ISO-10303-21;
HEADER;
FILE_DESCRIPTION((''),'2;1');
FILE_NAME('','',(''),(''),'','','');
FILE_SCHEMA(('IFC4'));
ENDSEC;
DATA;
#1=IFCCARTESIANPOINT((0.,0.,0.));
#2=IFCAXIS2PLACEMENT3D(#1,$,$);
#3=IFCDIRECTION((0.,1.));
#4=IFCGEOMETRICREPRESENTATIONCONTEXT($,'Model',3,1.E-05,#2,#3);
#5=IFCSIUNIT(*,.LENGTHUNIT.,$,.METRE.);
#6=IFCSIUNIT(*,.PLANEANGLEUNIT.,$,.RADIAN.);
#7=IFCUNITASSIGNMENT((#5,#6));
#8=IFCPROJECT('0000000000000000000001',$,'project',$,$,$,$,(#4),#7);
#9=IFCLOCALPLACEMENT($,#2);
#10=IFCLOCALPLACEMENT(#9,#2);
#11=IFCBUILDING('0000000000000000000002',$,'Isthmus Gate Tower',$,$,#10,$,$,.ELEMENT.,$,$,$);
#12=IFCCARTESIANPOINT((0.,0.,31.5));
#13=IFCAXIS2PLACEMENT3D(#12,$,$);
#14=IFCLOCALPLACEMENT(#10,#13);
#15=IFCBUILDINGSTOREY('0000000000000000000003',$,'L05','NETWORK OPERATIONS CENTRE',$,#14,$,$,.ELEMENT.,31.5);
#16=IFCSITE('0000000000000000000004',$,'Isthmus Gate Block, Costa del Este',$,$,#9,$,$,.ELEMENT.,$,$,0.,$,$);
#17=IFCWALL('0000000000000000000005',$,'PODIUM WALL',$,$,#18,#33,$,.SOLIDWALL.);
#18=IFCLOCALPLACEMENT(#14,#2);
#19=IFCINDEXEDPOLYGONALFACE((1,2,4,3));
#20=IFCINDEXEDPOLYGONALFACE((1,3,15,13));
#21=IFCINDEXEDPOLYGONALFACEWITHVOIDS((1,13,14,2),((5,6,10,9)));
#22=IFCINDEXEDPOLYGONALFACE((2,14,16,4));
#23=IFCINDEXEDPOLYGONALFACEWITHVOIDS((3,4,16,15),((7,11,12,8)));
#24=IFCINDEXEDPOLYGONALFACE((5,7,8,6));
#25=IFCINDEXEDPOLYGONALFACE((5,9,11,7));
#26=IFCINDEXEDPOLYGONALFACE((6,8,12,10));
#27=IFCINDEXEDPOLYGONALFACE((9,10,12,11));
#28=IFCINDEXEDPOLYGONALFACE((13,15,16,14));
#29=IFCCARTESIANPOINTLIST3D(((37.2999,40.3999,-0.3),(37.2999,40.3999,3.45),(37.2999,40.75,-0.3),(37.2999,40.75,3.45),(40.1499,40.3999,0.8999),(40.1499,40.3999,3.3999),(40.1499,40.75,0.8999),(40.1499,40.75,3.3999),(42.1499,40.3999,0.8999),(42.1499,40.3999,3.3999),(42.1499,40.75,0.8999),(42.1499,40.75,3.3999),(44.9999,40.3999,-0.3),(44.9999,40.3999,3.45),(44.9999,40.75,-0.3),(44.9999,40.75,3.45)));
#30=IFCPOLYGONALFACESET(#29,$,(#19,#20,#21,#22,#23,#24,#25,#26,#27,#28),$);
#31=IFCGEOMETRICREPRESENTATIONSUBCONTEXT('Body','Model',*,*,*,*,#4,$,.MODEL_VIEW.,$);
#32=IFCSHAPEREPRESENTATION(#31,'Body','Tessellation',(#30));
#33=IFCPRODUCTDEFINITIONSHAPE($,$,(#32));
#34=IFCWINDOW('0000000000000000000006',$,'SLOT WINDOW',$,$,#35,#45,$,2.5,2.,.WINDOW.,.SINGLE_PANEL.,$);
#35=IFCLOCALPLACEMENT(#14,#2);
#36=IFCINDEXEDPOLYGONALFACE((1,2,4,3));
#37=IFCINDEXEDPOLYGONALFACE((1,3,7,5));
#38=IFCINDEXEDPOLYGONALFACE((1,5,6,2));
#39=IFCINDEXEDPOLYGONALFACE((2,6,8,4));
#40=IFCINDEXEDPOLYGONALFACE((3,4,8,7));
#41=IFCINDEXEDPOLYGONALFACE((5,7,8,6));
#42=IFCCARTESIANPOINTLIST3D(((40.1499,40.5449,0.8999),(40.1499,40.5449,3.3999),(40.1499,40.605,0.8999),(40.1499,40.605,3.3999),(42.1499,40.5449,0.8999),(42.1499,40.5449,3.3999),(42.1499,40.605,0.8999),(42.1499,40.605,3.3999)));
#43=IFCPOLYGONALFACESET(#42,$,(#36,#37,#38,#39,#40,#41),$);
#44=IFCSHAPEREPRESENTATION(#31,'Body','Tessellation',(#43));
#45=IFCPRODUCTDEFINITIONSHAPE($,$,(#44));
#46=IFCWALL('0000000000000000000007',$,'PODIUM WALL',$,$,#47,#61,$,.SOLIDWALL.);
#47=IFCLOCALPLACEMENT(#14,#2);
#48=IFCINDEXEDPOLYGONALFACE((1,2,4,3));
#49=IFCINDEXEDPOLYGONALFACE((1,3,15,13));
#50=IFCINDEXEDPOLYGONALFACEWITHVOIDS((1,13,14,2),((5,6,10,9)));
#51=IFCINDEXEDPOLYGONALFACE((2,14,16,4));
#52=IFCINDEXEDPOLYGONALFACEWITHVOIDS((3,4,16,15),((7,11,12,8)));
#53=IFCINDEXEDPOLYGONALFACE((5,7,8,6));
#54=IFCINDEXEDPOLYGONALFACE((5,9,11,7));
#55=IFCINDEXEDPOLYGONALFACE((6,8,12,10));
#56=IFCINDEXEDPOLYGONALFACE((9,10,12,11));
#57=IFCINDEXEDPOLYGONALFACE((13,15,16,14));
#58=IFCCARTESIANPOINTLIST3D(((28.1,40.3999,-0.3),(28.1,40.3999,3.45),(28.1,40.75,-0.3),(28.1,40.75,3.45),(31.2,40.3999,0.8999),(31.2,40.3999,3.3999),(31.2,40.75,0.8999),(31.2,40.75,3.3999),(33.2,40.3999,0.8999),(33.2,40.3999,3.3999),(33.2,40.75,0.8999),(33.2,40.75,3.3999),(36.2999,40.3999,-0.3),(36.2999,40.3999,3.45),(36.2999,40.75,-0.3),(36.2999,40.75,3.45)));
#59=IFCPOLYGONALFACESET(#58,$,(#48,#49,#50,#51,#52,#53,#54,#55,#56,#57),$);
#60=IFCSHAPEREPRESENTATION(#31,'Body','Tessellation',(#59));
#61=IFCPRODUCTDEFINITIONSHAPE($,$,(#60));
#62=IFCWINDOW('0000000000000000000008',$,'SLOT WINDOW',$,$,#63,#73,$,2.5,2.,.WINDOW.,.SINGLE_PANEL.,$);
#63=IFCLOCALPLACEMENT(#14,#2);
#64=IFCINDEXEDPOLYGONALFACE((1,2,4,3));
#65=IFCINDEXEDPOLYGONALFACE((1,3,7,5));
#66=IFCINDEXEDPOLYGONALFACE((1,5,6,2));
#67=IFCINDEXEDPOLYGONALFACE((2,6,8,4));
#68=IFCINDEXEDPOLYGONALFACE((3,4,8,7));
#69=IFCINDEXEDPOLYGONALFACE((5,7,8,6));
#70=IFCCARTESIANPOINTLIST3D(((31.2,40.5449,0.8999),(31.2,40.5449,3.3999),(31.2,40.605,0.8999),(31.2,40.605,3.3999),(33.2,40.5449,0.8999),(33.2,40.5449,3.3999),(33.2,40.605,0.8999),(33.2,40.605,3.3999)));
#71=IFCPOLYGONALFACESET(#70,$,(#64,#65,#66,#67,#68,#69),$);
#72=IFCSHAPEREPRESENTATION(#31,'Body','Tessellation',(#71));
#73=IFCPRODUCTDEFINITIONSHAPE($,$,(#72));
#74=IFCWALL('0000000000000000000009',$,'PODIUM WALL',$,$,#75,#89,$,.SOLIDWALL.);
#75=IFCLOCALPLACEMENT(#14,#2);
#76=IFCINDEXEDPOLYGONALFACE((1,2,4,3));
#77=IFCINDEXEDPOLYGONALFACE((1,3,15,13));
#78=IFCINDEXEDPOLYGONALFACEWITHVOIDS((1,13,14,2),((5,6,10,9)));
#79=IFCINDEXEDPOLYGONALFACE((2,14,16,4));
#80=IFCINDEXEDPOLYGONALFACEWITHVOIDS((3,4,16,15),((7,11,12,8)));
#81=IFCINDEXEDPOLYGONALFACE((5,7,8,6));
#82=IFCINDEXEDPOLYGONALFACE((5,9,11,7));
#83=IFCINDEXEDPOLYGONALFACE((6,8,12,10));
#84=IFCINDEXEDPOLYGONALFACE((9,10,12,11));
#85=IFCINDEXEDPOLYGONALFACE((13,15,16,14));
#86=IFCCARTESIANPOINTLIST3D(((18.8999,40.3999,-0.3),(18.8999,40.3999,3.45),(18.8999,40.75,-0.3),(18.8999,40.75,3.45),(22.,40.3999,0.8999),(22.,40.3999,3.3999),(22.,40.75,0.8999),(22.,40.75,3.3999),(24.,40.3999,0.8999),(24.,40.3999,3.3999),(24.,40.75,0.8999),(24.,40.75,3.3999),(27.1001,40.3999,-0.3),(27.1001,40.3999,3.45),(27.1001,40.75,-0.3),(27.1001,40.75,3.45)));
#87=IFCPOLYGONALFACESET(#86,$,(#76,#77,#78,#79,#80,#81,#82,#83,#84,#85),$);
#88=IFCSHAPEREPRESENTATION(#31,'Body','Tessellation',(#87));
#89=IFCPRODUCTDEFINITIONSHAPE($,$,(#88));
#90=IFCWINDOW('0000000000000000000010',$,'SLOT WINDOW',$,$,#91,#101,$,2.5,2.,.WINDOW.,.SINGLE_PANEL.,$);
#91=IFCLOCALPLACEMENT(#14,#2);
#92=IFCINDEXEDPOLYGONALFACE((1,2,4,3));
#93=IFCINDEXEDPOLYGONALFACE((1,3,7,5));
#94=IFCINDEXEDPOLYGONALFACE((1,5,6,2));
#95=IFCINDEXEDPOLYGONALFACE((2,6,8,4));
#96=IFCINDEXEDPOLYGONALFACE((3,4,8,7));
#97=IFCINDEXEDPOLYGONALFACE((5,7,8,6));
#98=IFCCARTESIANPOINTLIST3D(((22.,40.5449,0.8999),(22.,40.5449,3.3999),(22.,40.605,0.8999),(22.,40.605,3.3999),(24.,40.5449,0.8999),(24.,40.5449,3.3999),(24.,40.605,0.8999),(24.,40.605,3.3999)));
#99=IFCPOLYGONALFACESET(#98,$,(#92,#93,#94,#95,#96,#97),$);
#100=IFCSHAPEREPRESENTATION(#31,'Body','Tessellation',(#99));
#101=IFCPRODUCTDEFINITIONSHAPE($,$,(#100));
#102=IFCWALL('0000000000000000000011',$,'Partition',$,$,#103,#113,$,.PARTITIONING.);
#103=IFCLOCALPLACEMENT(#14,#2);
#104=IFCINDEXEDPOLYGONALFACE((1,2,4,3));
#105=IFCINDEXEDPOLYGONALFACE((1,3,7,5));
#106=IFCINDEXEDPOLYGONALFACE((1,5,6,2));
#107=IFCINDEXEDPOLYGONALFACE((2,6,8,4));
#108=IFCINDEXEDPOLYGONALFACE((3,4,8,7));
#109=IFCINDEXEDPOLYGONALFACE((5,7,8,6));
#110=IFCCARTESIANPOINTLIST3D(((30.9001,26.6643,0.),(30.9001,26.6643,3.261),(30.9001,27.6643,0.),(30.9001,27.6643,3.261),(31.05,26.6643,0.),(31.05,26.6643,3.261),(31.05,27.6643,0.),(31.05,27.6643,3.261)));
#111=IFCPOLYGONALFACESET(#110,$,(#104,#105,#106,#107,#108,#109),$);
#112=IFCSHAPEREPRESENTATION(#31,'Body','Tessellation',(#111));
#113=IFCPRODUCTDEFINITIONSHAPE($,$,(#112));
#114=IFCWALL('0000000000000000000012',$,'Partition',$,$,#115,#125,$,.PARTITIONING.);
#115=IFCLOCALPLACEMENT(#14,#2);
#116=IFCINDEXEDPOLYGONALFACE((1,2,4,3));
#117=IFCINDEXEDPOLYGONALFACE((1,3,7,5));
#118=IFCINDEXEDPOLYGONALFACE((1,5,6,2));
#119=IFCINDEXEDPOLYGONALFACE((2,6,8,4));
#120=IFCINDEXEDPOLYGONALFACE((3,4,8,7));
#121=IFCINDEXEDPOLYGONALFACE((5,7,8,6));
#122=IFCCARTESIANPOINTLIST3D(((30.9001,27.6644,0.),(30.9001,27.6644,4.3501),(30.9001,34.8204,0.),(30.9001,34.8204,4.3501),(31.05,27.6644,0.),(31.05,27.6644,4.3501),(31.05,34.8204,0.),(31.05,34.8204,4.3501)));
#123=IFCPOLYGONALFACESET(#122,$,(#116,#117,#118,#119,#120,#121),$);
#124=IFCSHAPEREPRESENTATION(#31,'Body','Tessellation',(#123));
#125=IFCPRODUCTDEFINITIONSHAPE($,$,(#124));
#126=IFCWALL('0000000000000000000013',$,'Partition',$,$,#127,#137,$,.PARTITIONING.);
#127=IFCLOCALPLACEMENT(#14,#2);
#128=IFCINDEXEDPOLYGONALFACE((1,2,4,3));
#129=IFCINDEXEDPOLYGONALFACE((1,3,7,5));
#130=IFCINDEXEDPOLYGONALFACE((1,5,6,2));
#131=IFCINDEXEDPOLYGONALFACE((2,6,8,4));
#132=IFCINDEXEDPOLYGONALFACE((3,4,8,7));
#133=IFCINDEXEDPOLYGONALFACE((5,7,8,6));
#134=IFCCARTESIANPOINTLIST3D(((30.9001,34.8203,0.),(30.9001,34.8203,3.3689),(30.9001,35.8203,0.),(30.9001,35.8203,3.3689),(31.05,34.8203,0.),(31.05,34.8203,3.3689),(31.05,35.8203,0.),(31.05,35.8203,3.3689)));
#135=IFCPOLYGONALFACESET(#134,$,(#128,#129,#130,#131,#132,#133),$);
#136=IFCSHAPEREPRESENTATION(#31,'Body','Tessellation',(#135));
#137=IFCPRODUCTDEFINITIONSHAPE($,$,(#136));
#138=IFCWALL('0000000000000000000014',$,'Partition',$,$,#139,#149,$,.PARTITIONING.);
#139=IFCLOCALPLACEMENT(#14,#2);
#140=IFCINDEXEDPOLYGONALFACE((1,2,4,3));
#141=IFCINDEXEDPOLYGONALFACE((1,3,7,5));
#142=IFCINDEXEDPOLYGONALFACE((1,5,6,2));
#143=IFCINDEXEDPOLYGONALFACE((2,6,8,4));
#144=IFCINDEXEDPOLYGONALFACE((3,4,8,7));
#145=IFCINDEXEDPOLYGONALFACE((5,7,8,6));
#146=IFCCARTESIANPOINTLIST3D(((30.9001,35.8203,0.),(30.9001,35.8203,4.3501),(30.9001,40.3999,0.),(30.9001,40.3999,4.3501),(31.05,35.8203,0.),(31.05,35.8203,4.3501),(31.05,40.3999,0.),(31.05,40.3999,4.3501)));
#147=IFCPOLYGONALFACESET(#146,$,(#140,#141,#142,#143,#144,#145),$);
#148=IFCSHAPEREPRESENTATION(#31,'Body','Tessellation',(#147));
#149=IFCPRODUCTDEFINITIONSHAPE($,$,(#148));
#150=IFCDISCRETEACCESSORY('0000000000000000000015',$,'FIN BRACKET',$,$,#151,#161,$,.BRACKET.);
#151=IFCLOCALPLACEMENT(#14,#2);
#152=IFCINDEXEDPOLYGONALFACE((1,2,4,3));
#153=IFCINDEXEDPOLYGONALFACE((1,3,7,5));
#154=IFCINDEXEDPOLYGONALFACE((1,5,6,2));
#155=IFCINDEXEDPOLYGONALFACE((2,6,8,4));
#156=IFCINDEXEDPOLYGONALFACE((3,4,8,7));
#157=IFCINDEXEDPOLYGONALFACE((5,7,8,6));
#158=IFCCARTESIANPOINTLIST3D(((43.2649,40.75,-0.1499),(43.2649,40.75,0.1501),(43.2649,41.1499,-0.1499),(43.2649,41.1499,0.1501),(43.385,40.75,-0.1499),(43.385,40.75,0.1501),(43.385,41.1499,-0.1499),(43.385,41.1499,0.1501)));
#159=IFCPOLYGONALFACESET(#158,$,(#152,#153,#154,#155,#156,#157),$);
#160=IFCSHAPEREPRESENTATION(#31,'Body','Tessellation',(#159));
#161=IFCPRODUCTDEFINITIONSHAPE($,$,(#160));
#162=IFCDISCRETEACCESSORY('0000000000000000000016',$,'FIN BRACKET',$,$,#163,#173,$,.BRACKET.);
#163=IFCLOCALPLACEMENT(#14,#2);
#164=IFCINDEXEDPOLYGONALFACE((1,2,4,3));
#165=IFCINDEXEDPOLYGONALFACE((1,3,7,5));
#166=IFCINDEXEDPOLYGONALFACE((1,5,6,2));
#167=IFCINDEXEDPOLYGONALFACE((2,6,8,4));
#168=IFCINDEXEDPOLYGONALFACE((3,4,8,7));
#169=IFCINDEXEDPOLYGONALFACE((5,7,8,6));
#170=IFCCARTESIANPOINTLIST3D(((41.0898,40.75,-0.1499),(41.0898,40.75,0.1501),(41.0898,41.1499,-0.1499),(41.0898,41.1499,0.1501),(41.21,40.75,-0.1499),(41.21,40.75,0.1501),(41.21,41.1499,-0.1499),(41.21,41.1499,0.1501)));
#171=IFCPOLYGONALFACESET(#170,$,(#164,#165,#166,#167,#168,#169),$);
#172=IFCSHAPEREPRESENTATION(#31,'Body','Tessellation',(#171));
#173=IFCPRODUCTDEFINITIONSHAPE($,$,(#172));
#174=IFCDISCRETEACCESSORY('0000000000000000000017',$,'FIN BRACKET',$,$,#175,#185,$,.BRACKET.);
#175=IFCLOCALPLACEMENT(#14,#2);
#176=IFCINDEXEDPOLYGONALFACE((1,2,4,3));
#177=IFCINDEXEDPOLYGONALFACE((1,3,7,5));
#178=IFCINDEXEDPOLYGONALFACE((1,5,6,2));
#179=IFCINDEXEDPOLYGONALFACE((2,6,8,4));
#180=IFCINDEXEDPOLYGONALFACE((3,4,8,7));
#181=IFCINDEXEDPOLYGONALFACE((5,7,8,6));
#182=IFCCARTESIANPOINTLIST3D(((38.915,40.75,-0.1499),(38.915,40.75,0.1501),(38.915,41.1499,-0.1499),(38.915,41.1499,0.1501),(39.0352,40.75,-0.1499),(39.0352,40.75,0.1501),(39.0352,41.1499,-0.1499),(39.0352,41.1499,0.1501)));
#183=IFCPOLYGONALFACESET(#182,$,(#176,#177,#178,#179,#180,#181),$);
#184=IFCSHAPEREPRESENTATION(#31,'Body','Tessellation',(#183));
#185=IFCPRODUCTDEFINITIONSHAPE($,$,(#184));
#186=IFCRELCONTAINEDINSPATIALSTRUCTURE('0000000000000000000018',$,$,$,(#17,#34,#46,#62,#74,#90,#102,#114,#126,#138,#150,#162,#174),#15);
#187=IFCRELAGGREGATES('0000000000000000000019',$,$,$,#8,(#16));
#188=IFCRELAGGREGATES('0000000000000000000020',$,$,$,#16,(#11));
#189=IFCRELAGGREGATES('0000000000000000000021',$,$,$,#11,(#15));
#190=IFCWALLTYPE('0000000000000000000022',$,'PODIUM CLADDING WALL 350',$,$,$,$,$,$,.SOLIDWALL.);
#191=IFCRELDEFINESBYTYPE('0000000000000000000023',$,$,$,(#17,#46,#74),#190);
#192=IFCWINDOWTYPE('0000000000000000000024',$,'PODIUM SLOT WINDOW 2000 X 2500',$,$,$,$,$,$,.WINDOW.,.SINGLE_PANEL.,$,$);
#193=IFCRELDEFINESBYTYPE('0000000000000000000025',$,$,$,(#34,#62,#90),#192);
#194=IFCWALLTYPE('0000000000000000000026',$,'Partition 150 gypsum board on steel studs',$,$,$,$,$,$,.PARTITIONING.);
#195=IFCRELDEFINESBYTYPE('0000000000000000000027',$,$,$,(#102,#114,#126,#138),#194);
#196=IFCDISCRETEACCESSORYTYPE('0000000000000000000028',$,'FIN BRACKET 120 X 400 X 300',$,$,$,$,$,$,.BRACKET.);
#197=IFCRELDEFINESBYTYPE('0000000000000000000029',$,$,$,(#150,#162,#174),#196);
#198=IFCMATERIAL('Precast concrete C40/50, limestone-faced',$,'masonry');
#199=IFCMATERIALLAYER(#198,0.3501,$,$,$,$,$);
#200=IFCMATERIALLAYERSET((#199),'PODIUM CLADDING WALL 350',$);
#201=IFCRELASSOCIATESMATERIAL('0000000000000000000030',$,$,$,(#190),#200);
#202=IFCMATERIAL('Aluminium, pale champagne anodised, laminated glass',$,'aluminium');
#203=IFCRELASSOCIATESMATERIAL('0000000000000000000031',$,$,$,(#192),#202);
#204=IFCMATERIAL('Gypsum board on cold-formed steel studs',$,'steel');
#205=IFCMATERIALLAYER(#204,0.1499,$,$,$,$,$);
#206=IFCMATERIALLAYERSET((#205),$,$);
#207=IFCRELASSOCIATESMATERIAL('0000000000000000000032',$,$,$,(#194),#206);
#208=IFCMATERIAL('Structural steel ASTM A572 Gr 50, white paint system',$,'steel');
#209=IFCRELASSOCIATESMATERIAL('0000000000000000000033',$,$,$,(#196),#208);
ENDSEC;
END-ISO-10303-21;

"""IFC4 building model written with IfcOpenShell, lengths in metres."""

from ifc_helpers import new_model, si_unit, direction, frame, frame_2d, origin, origin_2d, place, context, subcontext, project, spatial, rectangle, extrude, material, layer, layer_set, type_object, element, fill, save


model = new_model("IFC4")

# Units and contexts
model_context = context("Model", 3, precision=1e-05, world=origin(), true_north=direction((0.0, 1.0)))
body_context = subcontext(model_context, "Body", "Model", "MODEL_VIEW")
ifc_project = project(units=[si_unit("LENGTHUNIT", "METRE"), si_unit("PLANEANGLEUNIT", "RADIAN")], contexts=[model_context])

# Site, building, storey
site_placement = place(None, origin())
site = spatial("IfcSite", under=ifc_project, at=site_placement, Name="Isthmus Gate Block, Costa del Este", CompositionType="ELEMENT", RefElevation=0.0)
building_placement = place(site_placement, origin())
building = spatial("IfcBuilding", under=site, at=building_placement, Name="Isthmus Gate Tower", CompositionType="ELEMENT")
storey_placement = place(building_placement, frame((0.0, 0.0, 31.5)))
storey = spatial("IfcBuildingStorey", under=building, at=storey_placement, Name="L05", Description="NETWORK OPERATIONS CENTRE", CompositionType="ELEMENT", Elevation=31.5)

# Walls, openings, windows
ifc_material_1 = material(Name="Precast concrete C40/50, limestone-faced", Category="masonry")
ifc_layer_1 = layer(ifc_material_1, 0.3501)
ifc_layer_set_1 = layer_set([ifc_layer_1], Name="PODIUM CLADDING WALL 350")
wall_type_1 = type_object("IfcWallType", Name="PODIUM CLADDING WALL 350", PredefinedType="SOLIDWALL", material=ifc_layer_set_1)
wall_1_placement = place(storey_placement, frame((45.0, 40.575, -0.3), z_axis=(0.0, 0.0, 1.0), x_axis=(-1.0, 0.0, 0.0)))
wall_1 = element("IfcWall", 1, at=wall_1_placement, inside=storey, type_object=wall_type_1, Name="PODIUM WALL", PredefinedType="SOLIDWALL", context=body_context, shape_type="SweptSolid", body=[
    extrude(rectangle(XDim=7.7, YDim=0.3501, at=frame_2d((3.8501, 0.0))), origin(), (0.0, 0.0, 1.0), 3.75),
])
opening_1_placement = place(wall_1_placement, frame((2.8501, 0.0, 1.2)))
opening_1 = element("IfcOpeningElement", 2, at=opening_1_placement, cuts=wall_1, PredefinedType="OPENING", context=body_context, shape_type="SweptSolid", body=[
    extrude(rectangle(XDim=2.0, YDim=2.5, at=frame_2d((1.0, 1.25))), frame((0.0, 0.1851, 0.0), z_axis=(0.0, -1.0, 0.0), x_axis=(1.0, 0.0, 0.0)), (0.0, 0.0, 1.0), 0.3701),
])
ifc_material_2 = material(Name="Aluminium, pale champagne anodised, laminated glass", Category="aluminium")
window_type = type_object("IfcWindowType", Name="PODIUM SLOT WINDOW 2000 X 2500", PartitioningType="SINGLE_PANEL", PredefinedType="WINDOW", material=ifc_material_2)
window_1_placement = place(opening_1_placement, origin())
window_1 = element("IfcWindow", 3, at=window_1_placement, inside=storey, type_object=window_type, Name="SLOT WINDOW", OverallHeight=2.5, OverallWidth=2.0, PartitioningType="SINGLE_PANEL", PredefinedType="WINDOW", context=body_context, shape_type="SweptSolid", body=[
    extrude(rectangle(XDim=2.0, YDim=2.5, at=frame_2d((1.0, 1.25))), frame((0.0, 0.03, 0.0), z_axis=(0.0, -1.0, 0.0), x_axis=(1.0, 0.0, 0.0)), (0.0, 0.0, 1.0), 0.0601),
])
fill(opening_1, window_1)
wall_2_placement = place(storey_placement, frame((36.3, 40.575, -0.3), z_axis=(0.0, 0.0, 1.0), x_axis=(-1.0, 0.0, 0.0)))
wall_2 = element("IfcWall", 4, at=wall_2_placement, inside=storey, type_object=wall_type_1, Name="PODIUM WALL", PredefinedType="SOLIDWALL", context=body_context, shape_type="SweptSolid", body=[
    extrude(rectangle(XDim=8.2, YDim=0.3501, at=frame_2d((4.1001, 0.0))), origin(), (0.0, 0.0, 1.0), 3.75),
])
opening_2_placement = place(wall_2_placement, frame((3.1001, 0.0, 1.2)))
opening_2 = element("IfcOpeningElement", 5, at=opening_2_placement, cuts=wall_2, PredefinedType="OPENING", context=body_context, shape_type="SweptSolid", body=[
    extrude(rectangle(XDim=2.0, YDim=2.5, at=frame_2d((1.0, 1.25))), frame((0.0, 0.1851, 0.0), z_axis=(0.0, -1.0, 0.0), x_axis=(1.0, 0.0, 0.0)), (0.0, 0.0, 1.0), 0.3701),
])
window_2_placement = place(opening_2_placement, origin())
window_2 = element("IfcWindow", 6, at=window_2_placement, inside=storey, type_object=window_type, Name="SLOT WINDOW", OverallHeight=2.5, OverallWidth=2.0, PartitioningType="SINGLE_PANEL", PredefinedType="WINDOW", context=body_context, shape_type="SweptSolid", body=[
    extrude(rectangle(XDim=2.0, YDim=2.5, at=frame_2d((1.0, 1.25))), frame((0.0, 0.03, 0.0), z_axis=(0.0, -1.0, 0.0), x_axis=(1.0, 0.0, 0.0)), (0.0, 0.0, 1.0), 0.0601),
])
fill(opening_2, window_2)
wall_3_placement = place(storey_placement, frame((27.1001, 40.575, -0.3), z_axis=(0.0, 0.0, 1.0), x_axis=(-1.0, 0.0, 0.0)))
wall_3 = element("IfcWall", 7, at=wall_3_placement, inside=storey, type_object=wall_type_1, Name="PODIUM WALL", PredefinedType="SOLIDWALL", context=body_context, shape_type="SweptSolid", body=[
    extrude(rectangle(XDim=8.2002, YDim=0.3501, at=frame_2d((4.1001, 0.0))), origin(), (0.0, 0.0, 1.0), 3.75),
])
opening_3_placement = place(wall_3_placement, frame((3.1001, 0.0, 1.2)))
opening_3 = element("IfcOpeningElement", 8, at=opening_3_placement, cuts=wall_3, PredefinedType="OPENING", context=body_context, shape_type="SweptSolid", body=[
    extrude(rectangle(XDim=2.0, YDim=2.5, at=frame_2d((1.0, 1.25))), frame((0.0, 0.1851, 0.0), z_axis=(0.0, -1.0, 0.0), x_axis=(1.0, 0.0, 0.0)), (0.0, 0.0, 1.0), 0.3701),
])
window_3_placement = place(opening_3_placement, origin())
window_3 = element("IfcWindow", 9, at=window_3_placement, inside=storey, type_object=window_type, Name="SLOT WINDOW", OverallHeight=2.5, OverallWidth=2.0, PartitioningType="SINGLE_PANEL", PredefinedType="WINDOW", context=body_context, shape_type="SweptSolid", body=[
    extrude(rectangle(XDim=2.0, YDim=2.5, at=frame_2d((1.0, 1.25))), frame((0.0, 0.03, 0.0), z_axis=(0.0, -1.0, 0.0), x_axis=(1.0, 0.0, 0.0)), (0.0, 0.0, 1.0), 0.0601),
])
fill(opening_3, window_3)

# Walls
ifc_material_3 = material(Name="Gypsum board on cold-formed steel studs", Category="steel")
ifc_layer_2 = layer(ifc_material_3, 0.1499)
ifc_layer_set_2 = layer_set([ifc_layer_2])
wall_type_2 = type_object("IfcWallType", Name="Partition 150 gypsum board on steel studs", PredefinedType="PARTITIONING", material=ifc_layer_set_2)
wall_4_placement = place(storey_placement, frame((30.9751, 26.6643, 0.0), z_axis=(0.0, 0.0, 1.0), x_axis=(0.0, 1.0, 0.0)))
element("IfcWall", 10, at=wall_4_placement, inside=storey, type_object=wall_type_2, Name="Partition", PredefinedType="PARTITIONING", context=body_context, shape_type="SweptSolid", body=[
    extrude(rectangle(XDim=1.0, YDim=0.1499, at=frame_2d((0.5, 0.0))), origin(), (0.0, 0.0, 1.0), 3.261),
])
wall_5_placement = place(storey_placement, frame((30.9751, 27.6643, 0.0), z_axis=(0.0, 0.0, 1.0), x_axis=(0.0, 1.0, 0.0)))
element("IfcWall", 11, at=wall_5_placement, inside=storey, type_object=wall_type_2, Name="Partition", PredefinedType="PARTITIONING", context=body_context, shape_type="SweptSolid", body=[
    extrude(rectangle(XDim=7.156, YDim=0.1499, at=frame_2d((3.5781, 0.0))), origin(), (0.0, 0.0, 1.0), 4.3501),
])
wall_6_placement = place(storey_placement, frame((30.9751, 34.8203, 0.0), z_axis=(0.0, 0.0, 1.0), x_axis=(0.0, 1.0, 0.0)))
element("IfcWall", 12, at=wall_6_placement, inside=storey, type_object=wall_type_2, Name="Partition", PredefinedType="PARTITIONING", context=body_context, shape_type="SweptSolid", body=[
    extrude(rectangle(XDim=1.0, YDim=0.1499, at=frame_2d((0.5, 0.0))), origin(), (0.0, 0.0, 1.0), 3.3689),
])
wall_7_placement = place(storey_placement, frame((30.9751, 35.8203, 0.0), z_axis=(0.0, 0.0, 1.0), x_axis=(0.0, 1.0, 0.0)))
element("IfcWall", 13, at=wall_7_placement, inside=storey, type_object=wall_type_2, Name="Partition", PredefinedType="PARTITIONING", context=body_context, shape_type="SweptSolid", body=[
    extrude(rectangle(XDim=4.5796, YDim=0.1499, at=frame_2d((2.2898, 0.0))), origin(), (0.0, 0.0, 1.0), 4.3501),
])

# Discrete accessories
ifc_material_4 = material(Name="Structural steel ASTM A572 Gr 50, white paint system", Category="steel")
discrete_accessory_type = type_object("IfcDiscreteAccessoryType", Name="FIN BRACKET 120 X 400 X 300", PredefinedType="BRACKET", material=ifc_material_4)
for number, where, z_axis, x_axis, name in (
    (14, (43.325, 40.95, -0.1499), (0.0, 0.0, 1.0), (0.0, 1.0, 0.0), "FIN BRACKET"),
    (15, (41.1499, 40.95, -0.1499), (0.0, 0.0, 1.0), (0.0, 1.0, 0.0), "FIN BRACKET"),
    (16, (38.9751, 40.95, -0.1499), (0.0, 0.0, 1.0), (0.0, 1.0, 0.0), "FIN BRACKET"),
):
    element("IfcDiscreteAccessory", number, at=place(storey_placement, frame(where, z_axis=z_axis, x_axis=x_axis)), inside=storey, type_object=discrete_accessory_type, Name=name, PredefinedType="BRACKET", context=body_context, shape_type="SweptSolid", body=[
        extrude(rectangle(XDim=0.3999, YDim=0.1201, at=origin_2d()), origin(), (0.0, 0.0, 1.0), 0.3),
    ])

save(model, "model.ifc")
